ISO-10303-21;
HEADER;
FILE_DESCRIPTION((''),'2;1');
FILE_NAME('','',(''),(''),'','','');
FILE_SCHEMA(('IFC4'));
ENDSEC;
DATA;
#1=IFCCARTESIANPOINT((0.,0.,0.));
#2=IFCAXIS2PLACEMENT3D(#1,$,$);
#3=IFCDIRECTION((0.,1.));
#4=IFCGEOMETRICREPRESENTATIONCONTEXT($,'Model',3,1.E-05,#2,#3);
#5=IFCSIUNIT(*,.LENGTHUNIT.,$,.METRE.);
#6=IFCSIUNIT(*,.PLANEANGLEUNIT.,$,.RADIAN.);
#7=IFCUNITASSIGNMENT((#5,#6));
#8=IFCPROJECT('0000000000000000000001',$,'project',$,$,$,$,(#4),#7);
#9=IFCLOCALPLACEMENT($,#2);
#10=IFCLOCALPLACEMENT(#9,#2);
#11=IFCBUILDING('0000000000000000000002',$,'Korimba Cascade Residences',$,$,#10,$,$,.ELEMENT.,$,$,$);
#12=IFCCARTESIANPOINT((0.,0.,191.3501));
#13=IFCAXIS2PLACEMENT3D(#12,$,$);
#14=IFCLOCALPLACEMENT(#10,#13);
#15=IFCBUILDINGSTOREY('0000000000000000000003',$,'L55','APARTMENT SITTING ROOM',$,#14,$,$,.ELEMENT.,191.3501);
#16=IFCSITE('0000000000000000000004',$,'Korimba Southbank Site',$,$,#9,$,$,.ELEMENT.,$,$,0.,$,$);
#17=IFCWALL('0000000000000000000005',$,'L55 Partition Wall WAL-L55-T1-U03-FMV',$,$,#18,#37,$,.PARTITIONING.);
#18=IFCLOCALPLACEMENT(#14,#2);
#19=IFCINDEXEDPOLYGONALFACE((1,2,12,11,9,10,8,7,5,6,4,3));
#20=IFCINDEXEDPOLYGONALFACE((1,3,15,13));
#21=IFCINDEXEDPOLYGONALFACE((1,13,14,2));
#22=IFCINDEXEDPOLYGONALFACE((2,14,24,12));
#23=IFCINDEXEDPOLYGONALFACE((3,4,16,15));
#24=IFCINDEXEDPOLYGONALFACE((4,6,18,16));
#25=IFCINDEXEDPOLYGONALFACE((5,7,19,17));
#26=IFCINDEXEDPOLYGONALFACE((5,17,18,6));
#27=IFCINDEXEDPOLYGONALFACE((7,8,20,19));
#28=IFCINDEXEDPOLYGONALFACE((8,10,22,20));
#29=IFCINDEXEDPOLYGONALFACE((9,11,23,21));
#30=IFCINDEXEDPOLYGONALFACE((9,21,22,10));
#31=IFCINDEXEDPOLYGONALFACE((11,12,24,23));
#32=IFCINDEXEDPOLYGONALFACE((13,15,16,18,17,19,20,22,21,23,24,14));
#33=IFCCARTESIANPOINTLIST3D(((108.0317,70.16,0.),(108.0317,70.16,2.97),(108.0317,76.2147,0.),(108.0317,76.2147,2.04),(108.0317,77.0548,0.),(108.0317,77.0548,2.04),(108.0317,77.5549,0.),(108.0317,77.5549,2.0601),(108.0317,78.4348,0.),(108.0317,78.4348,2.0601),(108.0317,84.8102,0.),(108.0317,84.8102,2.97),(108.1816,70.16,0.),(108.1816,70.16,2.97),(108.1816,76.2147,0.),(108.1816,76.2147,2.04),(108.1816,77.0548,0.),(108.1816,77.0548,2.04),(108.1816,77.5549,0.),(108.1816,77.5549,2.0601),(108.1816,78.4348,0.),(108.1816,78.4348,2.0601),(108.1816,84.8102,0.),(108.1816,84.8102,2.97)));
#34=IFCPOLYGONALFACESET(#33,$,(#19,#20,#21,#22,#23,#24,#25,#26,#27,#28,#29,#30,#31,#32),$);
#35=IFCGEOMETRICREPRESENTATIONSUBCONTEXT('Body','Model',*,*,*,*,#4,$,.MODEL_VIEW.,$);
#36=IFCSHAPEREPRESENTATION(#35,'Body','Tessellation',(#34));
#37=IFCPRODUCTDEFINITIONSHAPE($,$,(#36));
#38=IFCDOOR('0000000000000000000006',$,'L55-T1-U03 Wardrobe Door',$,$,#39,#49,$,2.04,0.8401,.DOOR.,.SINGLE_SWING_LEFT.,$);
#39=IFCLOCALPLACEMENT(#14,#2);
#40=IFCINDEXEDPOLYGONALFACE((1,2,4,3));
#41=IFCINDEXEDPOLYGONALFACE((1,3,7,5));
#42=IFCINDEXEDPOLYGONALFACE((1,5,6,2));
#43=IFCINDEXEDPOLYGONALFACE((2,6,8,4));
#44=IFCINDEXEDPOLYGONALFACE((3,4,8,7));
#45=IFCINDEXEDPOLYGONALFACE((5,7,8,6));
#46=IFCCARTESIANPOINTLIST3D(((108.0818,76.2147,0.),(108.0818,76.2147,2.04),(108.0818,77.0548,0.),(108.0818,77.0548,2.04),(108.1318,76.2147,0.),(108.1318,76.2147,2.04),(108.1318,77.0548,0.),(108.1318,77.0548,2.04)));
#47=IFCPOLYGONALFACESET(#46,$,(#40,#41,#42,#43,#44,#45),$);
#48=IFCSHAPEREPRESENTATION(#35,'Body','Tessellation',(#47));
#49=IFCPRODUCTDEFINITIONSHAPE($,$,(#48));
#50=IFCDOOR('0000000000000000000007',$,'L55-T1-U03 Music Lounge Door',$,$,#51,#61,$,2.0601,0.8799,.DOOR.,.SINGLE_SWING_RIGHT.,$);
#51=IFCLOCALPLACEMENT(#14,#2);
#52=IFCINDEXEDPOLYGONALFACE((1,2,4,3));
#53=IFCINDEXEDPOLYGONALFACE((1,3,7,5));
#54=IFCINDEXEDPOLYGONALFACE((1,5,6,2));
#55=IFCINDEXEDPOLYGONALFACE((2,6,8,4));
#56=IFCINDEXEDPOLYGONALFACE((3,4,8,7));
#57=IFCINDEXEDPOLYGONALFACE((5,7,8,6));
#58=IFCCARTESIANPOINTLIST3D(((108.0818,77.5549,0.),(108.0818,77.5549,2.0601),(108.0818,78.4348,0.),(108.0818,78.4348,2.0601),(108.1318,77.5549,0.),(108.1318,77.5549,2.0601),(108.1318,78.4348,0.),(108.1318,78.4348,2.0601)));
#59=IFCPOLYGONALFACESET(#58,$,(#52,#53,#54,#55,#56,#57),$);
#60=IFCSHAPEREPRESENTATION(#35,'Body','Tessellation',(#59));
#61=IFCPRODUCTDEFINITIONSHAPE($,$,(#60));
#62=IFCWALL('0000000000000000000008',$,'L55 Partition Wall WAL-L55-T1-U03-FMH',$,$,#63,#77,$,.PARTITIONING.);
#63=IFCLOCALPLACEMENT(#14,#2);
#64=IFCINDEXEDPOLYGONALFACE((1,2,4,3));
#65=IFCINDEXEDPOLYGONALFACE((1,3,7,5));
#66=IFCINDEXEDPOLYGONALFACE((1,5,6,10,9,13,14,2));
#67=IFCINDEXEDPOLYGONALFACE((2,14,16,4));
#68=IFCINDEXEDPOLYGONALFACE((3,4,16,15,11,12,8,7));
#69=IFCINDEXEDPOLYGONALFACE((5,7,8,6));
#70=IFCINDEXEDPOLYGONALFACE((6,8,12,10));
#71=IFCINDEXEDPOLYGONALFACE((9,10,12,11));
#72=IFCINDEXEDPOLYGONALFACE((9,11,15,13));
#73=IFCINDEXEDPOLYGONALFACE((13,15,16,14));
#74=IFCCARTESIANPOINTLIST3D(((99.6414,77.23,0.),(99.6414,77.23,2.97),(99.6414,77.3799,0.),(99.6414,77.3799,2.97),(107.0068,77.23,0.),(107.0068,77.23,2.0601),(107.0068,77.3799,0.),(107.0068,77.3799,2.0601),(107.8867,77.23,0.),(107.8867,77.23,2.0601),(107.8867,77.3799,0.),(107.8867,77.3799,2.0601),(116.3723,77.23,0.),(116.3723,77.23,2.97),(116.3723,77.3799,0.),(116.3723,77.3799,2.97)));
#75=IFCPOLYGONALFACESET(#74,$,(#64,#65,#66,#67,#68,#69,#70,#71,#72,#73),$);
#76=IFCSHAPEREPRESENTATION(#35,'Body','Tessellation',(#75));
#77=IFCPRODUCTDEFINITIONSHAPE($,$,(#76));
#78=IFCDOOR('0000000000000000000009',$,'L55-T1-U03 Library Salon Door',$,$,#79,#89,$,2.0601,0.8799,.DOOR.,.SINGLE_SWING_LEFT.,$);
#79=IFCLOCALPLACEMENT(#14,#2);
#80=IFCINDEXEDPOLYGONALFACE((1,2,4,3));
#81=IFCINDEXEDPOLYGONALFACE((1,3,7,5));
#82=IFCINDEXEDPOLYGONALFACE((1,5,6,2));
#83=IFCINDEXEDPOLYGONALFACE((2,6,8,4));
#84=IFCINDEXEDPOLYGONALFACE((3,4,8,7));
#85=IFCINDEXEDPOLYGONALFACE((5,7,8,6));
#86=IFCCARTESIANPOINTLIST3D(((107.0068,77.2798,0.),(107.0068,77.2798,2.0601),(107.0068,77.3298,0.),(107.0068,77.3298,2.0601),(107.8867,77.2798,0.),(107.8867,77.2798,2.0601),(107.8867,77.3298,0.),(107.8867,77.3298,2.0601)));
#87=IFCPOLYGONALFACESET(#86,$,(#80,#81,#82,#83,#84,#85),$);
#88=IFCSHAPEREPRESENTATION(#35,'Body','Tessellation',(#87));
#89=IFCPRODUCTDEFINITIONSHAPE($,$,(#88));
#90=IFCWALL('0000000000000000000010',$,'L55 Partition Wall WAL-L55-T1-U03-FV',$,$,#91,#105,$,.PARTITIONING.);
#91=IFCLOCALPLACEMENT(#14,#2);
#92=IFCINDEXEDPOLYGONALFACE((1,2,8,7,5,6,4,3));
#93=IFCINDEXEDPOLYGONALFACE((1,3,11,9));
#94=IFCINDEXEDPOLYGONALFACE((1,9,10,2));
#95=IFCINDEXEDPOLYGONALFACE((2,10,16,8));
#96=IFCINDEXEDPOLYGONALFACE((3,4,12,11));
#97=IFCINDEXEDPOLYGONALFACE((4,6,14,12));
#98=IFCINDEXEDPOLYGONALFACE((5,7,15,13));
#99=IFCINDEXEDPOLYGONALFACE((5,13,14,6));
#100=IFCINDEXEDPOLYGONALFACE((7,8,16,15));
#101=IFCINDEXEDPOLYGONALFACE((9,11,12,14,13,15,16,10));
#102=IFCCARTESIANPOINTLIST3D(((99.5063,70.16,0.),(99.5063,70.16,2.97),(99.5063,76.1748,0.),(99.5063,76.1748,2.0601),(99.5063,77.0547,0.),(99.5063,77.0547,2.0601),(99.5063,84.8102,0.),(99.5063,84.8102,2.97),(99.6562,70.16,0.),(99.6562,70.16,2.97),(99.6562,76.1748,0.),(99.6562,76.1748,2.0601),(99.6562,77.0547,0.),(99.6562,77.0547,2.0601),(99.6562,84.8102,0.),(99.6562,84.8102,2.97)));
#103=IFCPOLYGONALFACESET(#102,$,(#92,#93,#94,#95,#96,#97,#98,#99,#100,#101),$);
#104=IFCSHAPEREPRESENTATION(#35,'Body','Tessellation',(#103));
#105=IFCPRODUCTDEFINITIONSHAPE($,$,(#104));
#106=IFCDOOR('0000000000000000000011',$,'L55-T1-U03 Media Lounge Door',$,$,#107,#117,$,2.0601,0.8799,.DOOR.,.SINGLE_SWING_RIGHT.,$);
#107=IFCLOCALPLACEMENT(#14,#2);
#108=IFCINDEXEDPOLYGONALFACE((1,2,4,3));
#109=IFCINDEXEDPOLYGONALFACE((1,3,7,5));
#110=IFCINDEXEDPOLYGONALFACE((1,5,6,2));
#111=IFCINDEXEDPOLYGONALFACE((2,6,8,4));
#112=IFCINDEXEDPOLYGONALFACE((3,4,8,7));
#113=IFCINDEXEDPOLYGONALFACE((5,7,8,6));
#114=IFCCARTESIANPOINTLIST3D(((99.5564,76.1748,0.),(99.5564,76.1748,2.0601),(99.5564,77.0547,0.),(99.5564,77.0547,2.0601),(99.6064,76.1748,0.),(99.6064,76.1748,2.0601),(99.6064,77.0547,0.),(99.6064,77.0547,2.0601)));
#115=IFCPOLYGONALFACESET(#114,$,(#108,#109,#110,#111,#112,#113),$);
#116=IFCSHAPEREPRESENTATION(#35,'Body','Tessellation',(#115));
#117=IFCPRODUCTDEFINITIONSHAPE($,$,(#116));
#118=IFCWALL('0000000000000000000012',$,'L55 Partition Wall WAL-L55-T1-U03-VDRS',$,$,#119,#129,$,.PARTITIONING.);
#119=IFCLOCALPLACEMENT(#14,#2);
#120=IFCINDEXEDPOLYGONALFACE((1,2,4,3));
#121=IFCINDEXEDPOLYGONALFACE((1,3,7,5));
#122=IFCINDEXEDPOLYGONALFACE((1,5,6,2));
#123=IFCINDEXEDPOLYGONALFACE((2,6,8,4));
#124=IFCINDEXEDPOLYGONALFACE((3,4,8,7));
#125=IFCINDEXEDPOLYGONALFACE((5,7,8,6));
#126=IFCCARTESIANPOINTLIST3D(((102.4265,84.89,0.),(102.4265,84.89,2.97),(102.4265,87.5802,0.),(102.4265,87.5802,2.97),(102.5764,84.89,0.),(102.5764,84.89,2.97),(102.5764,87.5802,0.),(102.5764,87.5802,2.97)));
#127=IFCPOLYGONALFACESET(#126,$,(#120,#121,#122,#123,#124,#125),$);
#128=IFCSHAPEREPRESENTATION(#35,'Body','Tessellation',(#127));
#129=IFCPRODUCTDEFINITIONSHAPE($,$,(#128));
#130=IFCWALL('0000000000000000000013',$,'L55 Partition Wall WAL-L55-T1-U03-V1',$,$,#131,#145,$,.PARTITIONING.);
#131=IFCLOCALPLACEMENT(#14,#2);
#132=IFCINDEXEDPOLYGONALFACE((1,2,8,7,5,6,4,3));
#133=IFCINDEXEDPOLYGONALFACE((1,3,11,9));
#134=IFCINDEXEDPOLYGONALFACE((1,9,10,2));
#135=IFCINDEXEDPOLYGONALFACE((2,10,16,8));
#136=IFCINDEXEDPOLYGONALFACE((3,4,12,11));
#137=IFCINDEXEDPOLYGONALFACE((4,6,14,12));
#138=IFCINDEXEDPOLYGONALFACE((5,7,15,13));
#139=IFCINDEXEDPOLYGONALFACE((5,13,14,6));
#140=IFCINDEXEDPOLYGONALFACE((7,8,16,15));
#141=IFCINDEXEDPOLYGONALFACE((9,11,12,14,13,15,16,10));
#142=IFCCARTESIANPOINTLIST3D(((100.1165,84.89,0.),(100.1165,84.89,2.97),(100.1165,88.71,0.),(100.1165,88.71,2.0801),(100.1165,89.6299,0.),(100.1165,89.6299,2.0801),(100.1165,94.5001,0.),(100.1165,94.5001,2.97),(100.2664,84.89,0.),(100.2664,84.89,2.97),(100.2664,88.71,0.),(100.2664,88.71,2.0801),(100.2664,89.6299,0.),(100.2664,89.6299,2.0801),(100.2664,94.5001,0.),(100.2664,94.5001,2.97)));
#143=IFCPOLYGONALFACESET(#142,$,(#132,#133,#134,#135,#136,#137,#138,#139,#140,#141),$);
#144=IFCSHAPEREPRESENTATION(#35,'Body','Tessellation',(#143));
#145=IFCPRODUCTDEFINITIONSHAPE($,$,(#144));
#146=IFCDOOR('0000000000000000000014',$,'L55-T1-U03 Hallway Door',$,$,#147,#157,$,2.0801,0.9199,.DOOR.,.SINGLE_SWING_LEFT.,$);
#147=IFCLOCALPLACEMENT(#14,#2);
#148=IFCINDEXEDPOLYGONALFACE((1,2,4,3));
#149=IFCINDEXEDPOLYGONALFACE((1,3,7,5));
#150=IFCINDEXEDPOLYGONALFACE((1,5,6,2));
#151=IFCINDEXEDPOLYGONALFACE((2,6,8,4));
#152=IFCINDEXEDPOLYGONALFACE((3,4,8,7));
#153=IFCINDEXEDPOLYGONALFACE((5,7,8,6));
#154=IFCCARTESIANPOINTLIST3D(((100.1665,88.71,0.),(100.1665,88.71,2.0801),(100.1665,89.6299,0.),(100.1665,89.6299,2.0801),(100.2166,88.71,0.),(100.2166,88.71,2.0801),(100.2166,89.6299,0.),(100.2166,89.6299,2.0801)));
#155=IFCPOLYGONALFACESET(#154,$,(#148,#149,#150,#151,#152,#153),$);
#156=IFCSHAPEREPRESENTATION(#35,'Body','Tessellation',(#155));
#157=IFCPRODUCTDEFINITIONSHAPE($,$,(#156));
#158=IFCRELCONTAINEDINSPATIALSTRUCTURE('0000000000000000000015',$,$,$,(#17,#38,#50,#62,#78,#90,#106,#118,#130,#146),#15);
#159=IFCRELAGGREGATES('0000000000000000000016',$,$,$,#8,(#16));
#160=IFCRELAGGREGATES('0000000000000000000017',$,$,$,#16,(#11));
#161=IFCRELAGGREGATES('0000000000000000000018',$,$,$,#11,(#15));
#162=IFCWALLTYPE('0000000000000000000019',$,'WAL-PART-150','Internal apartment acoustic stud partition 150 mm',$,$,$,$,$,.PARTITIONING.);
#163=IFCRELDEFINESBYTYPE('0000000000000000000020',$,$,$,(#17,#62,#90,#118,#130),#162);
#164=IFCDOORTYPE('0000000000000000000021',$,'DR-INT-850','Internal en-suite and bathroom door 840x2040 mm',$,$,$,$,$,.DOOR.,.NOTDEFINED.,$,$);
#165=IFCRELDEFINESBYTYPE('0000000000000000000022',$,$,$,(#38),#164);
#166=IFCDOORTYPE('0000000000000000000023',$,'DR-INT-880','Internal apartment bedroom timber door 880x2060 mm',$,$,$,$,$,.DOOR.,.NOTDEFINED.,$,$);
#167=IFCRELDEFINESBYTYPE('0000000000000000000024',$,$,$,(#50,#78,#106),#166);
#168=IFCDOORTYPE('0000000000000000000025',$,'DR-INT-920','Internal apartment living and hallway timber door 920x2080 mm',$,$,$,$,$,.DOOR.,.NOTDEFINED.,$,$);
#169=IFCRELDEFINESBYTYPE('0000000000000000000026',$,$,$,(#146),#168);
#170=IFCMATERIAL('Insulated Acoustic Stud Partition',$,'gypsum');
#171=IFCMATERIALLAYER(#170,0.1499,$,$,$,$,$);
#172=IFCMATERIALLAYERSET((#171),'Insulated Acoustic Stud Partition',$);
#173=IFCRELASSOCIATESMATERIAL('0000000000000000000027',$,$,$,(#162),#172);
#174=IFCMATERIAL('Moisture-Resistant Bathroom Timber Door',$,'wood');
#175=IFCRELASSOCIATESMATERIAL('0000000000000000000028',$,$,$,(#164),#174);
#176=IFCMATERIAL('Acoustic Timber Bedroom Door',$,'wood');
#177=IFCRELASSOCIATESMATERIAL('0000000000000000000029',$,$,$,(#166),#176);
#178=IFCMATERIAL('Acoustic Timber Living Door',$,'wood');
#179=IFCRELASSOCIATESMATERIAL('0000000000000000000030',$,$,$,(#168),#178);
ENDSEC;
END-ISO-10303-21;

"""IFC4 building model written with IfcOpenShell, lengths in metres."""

from ifc_helpers import new_model, si_unit, direction, frame, frame_2d, origin, place, context, subcontext, project, spatial, rectangle, extrude, material, layer, layer_set, type_object, element, fill, save


model = new_model("IFC4")

# Units and contexts
model_context = context("Model", 3, precision=1e-05, world=origin(), true_north=direction((0.0, 1.0)))
body_context = subcontext(model_context, "Body", "Model", "MODEL_VIEW")
ifc_project = project(units=[si_unit("LENGTHUNIT", "METRE"), si_unit("PLANEANGLEUNIT", "RADIAN")], contexts=[model_context])

# Site, building, storey
site_placement = place(None, origin())
site = spatial("IfcSite", under=ifc_project, at=site_placement, Name="Korimba Southbank Site", CompositionType="ELEMENT", RefElevation=0.0)
building_placement = place(site_placement, origin())
building = spatial("IfcBuilding", under=site, at=building_placement, Name="Korimba Cascade Residences", CompositionType="ELEMENT")
storey_placement = place(building_placement, frame((0.0, 0.0, 191.3501)))
storey = spatial("IfcBuildingStorey", under=building, at=storey_placement, Name="L55", Description="APARTMENT SITTING ROOM", CompositionType="ELEMENT", Elevation=191.3501)

# Wall, openings, doors
ifc_material_1 = material(Name="Insulated Acoustic Stud Partition", Category="gypsum")
ifc_layer = layer(ifc_material_1, 0.1499)
ifc_layer_set = layer_set([ifc_layer], Name="Insulated Acoustic Stud Partition")
wall_type = type_object("IfcWallType", Name="WAL-PART-150", Description="Internal apartment acoustic stud partition 150 mm", PredefinedType="PARTITIONING", material=ifc_layer_set)
wall_1_placement = place(storey_placement, frame((108.1067, 70.1599, 0.0), z_axis=(0.0, 0.0, 1.0), x_axis=(0.0, 1.0, 0.0)))
wall_1 = element("IfcWall", 1, at=wall_1_placement, inside=storey, type_object=wall_type, Name="L55 Partition Wall WAL-L55-T1-U03-FMV", PredefinedType="PARTITIONING", context=body_context, shape_type="SweptSolid", body=[
    extrude(rectangle(XDim=14.6501, YDim=0.1499, at=frame_2d((7.3252, 0.0))), origin(), (0.0, 0.0, 1.0), 2.97),
])
opening_1_placement = place(wall_1_placement, frame((6.0549, 0.0, 0.0)))
opening_1 = element("IfcOpeningElement", 2, at=opening_1_placement, cuts=wall_1, PredefinedType="OPENING", context=body_context, shape_type="SweptSolid", body=[
    extrude(rectangle(XDim=0.8401, YDim=2.04, at=frame_2d((0.4199, 1.02))), frame((0.0, 0.085, 0.0), z_axis=(0.0, -1.0, 0.0), x_axis=(1.0, 0.0, 0.0)), (0.0, 0.0, 1.0), 0.1699),
])
opening_2_placement = place(wall_1_placement, frame((7.395, 0.0, 0.0)))
opening_2 = element("IfcOpeningElement", 3, at=opening_2_placement, cuts=wall_1, PredefinedType="OPENING", context=body_context, shape_type="SweptSolid", body=[
    extrude(rectangle(XDim=0.8799, YDim=2.0601, at=frame_2d((0.4399, 1.03))), frame((0.0, 0.085, 0.0), z_axis=(0.0, -1.0, 0.0), x_axis=(1.0, 0.0, 0.0)), (0.0, 0.0, 1.0), 0.1699),
])
ifc_material_2 = material(Name="Moisture-Resistant Bathroom Timber Door", Category="wood")
door_type_1 = type_object("IfcDoorType", Name="DR-INT-850", Description="Internal en-suite and bathroom door 840x2040 mm", OperationType="NOTDEFINED", PredefinedType="DOOR", material=ifc_material_2)
door_1_placement = place(opening_1_placement, origin())
door_1 = element("IfcDoor", 4, at=door_1_placement, inside=storey, type_object=door_type_1, Name="L55-T1-U03 Wardrobe Door", OperationType="SINGLE_SWING_LEFT", OverallHeight=2.04, OverallWidth=0.8401, PredefinedType="DOOR", context=body_context, shape_type="SweptSolid", body=[
    extrude(rectangle(XDim=0.8401, YDim=2.04, at=frame_2d((0.4199, 1.02))), frame((0.0, 0.0249, 0.0), z_axis=(0.0, -1.0, 0.0), x_axis=(1.0, 0.0, 0.0)), (0.0, 0.0, 1.0), 0.05),
])
fill(opening_1, door_1)
ifc_material_3 = material(Name="Acoustic Timber Bedroom Door", Category="wood")
door_type_2 = type_object("IfcDoorType", Name="DR-INT-880", Description="Internal apartment bedroom timber door 880x2060 mm", OperationType="NOTDEFINED", PredefinedType="DOOR", material=ifc_material_3)
door_2_placement = place(opening_2_placement, origin())
door_2 = element("IfcDoor", 5, at=door_2_placement, inside=storey, type_object=door_type_2, Name="L55-T1-U03 Music Lounge Door", OperationType="SINGLE_SWING_RIGHT", OverallHeight=2.0601, OverallWidth=0.8799, PredefinedType="DOOR", context=body_context, shape_type="SweptSolid", body=[
    extrude(rectangle(XDim=0.8799, YDim=2.0601, at=frame_2d((0.4399, 1.03))), frame((0.0, 0.0249, 0.0), z_axis=(0.0, -1.0, 0.0), x_axis=(1.0, 0.0, 0.0)), (0.0, 0.0, 1.0), 0.05),
])
fill(opening_2, door_2)

# Walls, openings, doors
wall_2_placement = place(storey_placement, frame((99.6414, 77.3049, 0.0), z_axis=(0.0, 0.0, 1.0), x_axis=(1.0, 0.0, 0.0)))
wall_2 = element("IfcWall", 6, at=wall_2_placement, inside=storey, type_object=wall_type, Name="L55 Partition Wall WAL-L55-T1-U03-FMH", PredefinedType="PARTITIONING", context=body_context, shape_type="SweptSolid", body=[
    extrude(rectangle(XDim=16.731, YDim=0.1499, at=frame_2d((8.3655, 0.0))), origin(), (0.0, 0.0, 1.0), 2.97),
])
opening_3_placement = place(wall_2_placement, frame((7.3655, 0.0, 0.0)))
opening_3 = element("IfcOpeningElement", 7, at=opening_3_placement, cuts=wall_2, PredefinedType="OPENING", context=body_context, shape_type="SweptSolid", body=[
    extrude(rectangle(XDim=0.8799, YDim=2.0601, at=frame_2d((0.4399, 1.03))), frame((0.0, 0.085, 0.0), z_axis=(0.0, -1.0, 0.0), x_axis=(1.0, 0.0, 0.0)), (0.0, 0.0, 1.0), 0.1699),
])
door_3_placement = place(opening_3_placement, origin())
door_3 = element("IfcDoor", 8, at=door_3_placement, inside=storey, type_object=door_type_2, Name="L55-T1-U03 Library Salon Door", OperationType="SINGLE_SWING_LEFT", OverallHeight=2.0601, OverallWidth=0.8799, PredefinedType="DOOR", context=body_context, shape_type="SweptSolid", body=[
    extrude(rectangle(XDim=0.8799, YDim=2.0601, at=frame_2d((0.4399, 1.03))), frame((0.0, 0.0249, 0.0), z_axis=(0.0, -1.0, 0.0), x_axis=(1.0, 0.0, 0.0)), (0.0, 0.0, 1.0), 0.05),
])
fill(opening_3, door_3)
wall_3_placement = place(storey_placement, frame((99.5813, 70.1599, 0.0), z_axis=(0.0, 0.0, 1.0), x_axis=(0.0, 1.0, 0.0)))
wall_3 = element("IfcWall", 9, at=wall_3_placement, inside=storey, type_object=wall_type, Name="L55 Partition Wall WAL-L55-T1-U03-FV", PredefinedType="PARTITIONING", context=body_context, shape_type="SweptSolid", body=[
    extrude(rectangle(XDim=14.6501, YDim=0.1499, at=frame_2d((7.3252, 0.0))), origin(), (0.0, 0.0, 1.0), 2.97),
])
opening_4_placement = place(wall_3_placement, frame((6.0149, 0.0, 0.0)))
opening_4 = element("IfcOpeningElement", 10, at=opening_4_placement, cuts=wall_3, PredefinedType="OPENING", context=body_context, shape_type="SweptSolid", body=[
    extrude(rectangle(XDim=0.8799, YDim=2.0601, at=frame_2d((0.4399, 1.03))), frame((0.0, 0.085, 0.0), z_axis=(0.0, -1.0, 0.0), x_axis=(1.0, 0.0, 0.0)), (0.0, 0.0, 1.0), 0.1699),
])
door_4_placement = place(opening_4_placement, origin())
door_4 = element("IfcDoor", 11, at=door_4_placement, inside=storey, type_object=door_type_2, Name="L55-T1-U03 Media Lounge Door", OperationType="SINGLE_SWING_RIGHT", OverallHeight=2.0601, OverallWidth=0.8799, PredefinedType="DOOR", context=body_context, shape_type="SweptSolid", body=[
    extrude(rectangle(XDim=0.8799, YDim=2.0601, at=frame_2d((0.4399, 1.03))), frame((0.0, 0.0249, 0.0), z_axis=(0.0, -1.0, 0.0), x_axis=(1.0, 0.0, 0.0)), (0.0, 0.0, 1.0), 0.05),
])
fill(opening_4, door_4)

# Wall
wall_4_placement = place(storey_placement, frame((102.5015, 84.8899, 0.0), z_axis=(0.0, 0.0, 1.0), x_axis=(0.0, 1.0, 0.0)))
element("IfcWall", 12, at=wall_4_placement, inside=storey, type_object=wall_type, Name="L55 Partition Wall WAL-L55-T1-U03-VDRS", PredefinedType="PARTITIONING", context=body_context, shape_type="SweptSolid", body=[
    extrude(rectangle(XDim=2.6902, YDim=0.1499, at=frame_2d((1.3452, 0.0))), origin(), (0.0, 0.0, 1.0), 2.97),
])

# Wall, opening, door
wall_5_placement = place(storey_placement, frame((100.1914, 84.8899, 0.0), z_axis=(0.0, 0.0, 1.0), x_axis=(0.0, 1.0, 0.0)))
wall_5 = element("IfcWall", 13, at=wall_5_placement, inside=storey, type_object=wall_type, Name="L55 Partition Wall WAL-L55-T1-U03-V1", PredefinedType="PARTITIONING", context=body_context, shape_type="SweptSolid", body=[
    extrude(rectangle(XDim=9.6101, YDim=0.1499, at=frame_2d((4.8052, 0.0))), origin(), (0.0, 0.0, 1.0), 2.97),
])
opening_5_placement = place(wall_5_placement, frame((3.8201, 0.0, 0.0)))
opening_5 = element("IfcOpeningElement", 14, at=opening_5_placement, cuts=wall_5, PredefinedType="OPENING", context=body_context, shape_type="SweptSolid", body=[
    extrude(rectangle(XDim=0.9199, YDim=2.0801, at=frame_2d((0.46, 1.04))), frame((0.0, 0.085, 0.0), z_axis=(0.0, -1.0, 0.0), x_axis=(1.0, 0.0, 0.0)), (0.0, 0.0, 1.0), 0.1699),
])
ifc_material_4 = material(Name="Acoustic Timber Living Door", Category="wood")
door_type_3 = type_object("IfcDoorType", Name="DR-INT-920", Description="Internal apartment living and hallway timber door 920x2080 mm", OperationType="NOTDEFINED", PredefinedType="DOOR", material=ifc_material_4)
door_5_placement = place(opening_5_placement, origin())
door_5 = element("IfcDoor", 15, at=door_5_placement, inside=storey, type_object=door_type_3, Name="L55-T1-U03 Hallway Door", OperationType="SINGLE_SWING_LEFT", OverallHeight=2.0801, OverallWidth=0.9199, PredefinedType="DOOR", context=body_context, shape_type="SweptSolid", body=[
    extrude(rectangle(XDim=0.9199, YDim=2.0801, at=frame_2d((0.46, 1.04))), frame((0.0, 0.0249, 0.0), z_axis=(0.0, -1.0, 0.0), x_axis=(1.0, 0.0, 0.0)), (0.0, 0.0, 1.0), 0.05),
])
fill(opening_5, door_5)

save(model, "model.ifc")
